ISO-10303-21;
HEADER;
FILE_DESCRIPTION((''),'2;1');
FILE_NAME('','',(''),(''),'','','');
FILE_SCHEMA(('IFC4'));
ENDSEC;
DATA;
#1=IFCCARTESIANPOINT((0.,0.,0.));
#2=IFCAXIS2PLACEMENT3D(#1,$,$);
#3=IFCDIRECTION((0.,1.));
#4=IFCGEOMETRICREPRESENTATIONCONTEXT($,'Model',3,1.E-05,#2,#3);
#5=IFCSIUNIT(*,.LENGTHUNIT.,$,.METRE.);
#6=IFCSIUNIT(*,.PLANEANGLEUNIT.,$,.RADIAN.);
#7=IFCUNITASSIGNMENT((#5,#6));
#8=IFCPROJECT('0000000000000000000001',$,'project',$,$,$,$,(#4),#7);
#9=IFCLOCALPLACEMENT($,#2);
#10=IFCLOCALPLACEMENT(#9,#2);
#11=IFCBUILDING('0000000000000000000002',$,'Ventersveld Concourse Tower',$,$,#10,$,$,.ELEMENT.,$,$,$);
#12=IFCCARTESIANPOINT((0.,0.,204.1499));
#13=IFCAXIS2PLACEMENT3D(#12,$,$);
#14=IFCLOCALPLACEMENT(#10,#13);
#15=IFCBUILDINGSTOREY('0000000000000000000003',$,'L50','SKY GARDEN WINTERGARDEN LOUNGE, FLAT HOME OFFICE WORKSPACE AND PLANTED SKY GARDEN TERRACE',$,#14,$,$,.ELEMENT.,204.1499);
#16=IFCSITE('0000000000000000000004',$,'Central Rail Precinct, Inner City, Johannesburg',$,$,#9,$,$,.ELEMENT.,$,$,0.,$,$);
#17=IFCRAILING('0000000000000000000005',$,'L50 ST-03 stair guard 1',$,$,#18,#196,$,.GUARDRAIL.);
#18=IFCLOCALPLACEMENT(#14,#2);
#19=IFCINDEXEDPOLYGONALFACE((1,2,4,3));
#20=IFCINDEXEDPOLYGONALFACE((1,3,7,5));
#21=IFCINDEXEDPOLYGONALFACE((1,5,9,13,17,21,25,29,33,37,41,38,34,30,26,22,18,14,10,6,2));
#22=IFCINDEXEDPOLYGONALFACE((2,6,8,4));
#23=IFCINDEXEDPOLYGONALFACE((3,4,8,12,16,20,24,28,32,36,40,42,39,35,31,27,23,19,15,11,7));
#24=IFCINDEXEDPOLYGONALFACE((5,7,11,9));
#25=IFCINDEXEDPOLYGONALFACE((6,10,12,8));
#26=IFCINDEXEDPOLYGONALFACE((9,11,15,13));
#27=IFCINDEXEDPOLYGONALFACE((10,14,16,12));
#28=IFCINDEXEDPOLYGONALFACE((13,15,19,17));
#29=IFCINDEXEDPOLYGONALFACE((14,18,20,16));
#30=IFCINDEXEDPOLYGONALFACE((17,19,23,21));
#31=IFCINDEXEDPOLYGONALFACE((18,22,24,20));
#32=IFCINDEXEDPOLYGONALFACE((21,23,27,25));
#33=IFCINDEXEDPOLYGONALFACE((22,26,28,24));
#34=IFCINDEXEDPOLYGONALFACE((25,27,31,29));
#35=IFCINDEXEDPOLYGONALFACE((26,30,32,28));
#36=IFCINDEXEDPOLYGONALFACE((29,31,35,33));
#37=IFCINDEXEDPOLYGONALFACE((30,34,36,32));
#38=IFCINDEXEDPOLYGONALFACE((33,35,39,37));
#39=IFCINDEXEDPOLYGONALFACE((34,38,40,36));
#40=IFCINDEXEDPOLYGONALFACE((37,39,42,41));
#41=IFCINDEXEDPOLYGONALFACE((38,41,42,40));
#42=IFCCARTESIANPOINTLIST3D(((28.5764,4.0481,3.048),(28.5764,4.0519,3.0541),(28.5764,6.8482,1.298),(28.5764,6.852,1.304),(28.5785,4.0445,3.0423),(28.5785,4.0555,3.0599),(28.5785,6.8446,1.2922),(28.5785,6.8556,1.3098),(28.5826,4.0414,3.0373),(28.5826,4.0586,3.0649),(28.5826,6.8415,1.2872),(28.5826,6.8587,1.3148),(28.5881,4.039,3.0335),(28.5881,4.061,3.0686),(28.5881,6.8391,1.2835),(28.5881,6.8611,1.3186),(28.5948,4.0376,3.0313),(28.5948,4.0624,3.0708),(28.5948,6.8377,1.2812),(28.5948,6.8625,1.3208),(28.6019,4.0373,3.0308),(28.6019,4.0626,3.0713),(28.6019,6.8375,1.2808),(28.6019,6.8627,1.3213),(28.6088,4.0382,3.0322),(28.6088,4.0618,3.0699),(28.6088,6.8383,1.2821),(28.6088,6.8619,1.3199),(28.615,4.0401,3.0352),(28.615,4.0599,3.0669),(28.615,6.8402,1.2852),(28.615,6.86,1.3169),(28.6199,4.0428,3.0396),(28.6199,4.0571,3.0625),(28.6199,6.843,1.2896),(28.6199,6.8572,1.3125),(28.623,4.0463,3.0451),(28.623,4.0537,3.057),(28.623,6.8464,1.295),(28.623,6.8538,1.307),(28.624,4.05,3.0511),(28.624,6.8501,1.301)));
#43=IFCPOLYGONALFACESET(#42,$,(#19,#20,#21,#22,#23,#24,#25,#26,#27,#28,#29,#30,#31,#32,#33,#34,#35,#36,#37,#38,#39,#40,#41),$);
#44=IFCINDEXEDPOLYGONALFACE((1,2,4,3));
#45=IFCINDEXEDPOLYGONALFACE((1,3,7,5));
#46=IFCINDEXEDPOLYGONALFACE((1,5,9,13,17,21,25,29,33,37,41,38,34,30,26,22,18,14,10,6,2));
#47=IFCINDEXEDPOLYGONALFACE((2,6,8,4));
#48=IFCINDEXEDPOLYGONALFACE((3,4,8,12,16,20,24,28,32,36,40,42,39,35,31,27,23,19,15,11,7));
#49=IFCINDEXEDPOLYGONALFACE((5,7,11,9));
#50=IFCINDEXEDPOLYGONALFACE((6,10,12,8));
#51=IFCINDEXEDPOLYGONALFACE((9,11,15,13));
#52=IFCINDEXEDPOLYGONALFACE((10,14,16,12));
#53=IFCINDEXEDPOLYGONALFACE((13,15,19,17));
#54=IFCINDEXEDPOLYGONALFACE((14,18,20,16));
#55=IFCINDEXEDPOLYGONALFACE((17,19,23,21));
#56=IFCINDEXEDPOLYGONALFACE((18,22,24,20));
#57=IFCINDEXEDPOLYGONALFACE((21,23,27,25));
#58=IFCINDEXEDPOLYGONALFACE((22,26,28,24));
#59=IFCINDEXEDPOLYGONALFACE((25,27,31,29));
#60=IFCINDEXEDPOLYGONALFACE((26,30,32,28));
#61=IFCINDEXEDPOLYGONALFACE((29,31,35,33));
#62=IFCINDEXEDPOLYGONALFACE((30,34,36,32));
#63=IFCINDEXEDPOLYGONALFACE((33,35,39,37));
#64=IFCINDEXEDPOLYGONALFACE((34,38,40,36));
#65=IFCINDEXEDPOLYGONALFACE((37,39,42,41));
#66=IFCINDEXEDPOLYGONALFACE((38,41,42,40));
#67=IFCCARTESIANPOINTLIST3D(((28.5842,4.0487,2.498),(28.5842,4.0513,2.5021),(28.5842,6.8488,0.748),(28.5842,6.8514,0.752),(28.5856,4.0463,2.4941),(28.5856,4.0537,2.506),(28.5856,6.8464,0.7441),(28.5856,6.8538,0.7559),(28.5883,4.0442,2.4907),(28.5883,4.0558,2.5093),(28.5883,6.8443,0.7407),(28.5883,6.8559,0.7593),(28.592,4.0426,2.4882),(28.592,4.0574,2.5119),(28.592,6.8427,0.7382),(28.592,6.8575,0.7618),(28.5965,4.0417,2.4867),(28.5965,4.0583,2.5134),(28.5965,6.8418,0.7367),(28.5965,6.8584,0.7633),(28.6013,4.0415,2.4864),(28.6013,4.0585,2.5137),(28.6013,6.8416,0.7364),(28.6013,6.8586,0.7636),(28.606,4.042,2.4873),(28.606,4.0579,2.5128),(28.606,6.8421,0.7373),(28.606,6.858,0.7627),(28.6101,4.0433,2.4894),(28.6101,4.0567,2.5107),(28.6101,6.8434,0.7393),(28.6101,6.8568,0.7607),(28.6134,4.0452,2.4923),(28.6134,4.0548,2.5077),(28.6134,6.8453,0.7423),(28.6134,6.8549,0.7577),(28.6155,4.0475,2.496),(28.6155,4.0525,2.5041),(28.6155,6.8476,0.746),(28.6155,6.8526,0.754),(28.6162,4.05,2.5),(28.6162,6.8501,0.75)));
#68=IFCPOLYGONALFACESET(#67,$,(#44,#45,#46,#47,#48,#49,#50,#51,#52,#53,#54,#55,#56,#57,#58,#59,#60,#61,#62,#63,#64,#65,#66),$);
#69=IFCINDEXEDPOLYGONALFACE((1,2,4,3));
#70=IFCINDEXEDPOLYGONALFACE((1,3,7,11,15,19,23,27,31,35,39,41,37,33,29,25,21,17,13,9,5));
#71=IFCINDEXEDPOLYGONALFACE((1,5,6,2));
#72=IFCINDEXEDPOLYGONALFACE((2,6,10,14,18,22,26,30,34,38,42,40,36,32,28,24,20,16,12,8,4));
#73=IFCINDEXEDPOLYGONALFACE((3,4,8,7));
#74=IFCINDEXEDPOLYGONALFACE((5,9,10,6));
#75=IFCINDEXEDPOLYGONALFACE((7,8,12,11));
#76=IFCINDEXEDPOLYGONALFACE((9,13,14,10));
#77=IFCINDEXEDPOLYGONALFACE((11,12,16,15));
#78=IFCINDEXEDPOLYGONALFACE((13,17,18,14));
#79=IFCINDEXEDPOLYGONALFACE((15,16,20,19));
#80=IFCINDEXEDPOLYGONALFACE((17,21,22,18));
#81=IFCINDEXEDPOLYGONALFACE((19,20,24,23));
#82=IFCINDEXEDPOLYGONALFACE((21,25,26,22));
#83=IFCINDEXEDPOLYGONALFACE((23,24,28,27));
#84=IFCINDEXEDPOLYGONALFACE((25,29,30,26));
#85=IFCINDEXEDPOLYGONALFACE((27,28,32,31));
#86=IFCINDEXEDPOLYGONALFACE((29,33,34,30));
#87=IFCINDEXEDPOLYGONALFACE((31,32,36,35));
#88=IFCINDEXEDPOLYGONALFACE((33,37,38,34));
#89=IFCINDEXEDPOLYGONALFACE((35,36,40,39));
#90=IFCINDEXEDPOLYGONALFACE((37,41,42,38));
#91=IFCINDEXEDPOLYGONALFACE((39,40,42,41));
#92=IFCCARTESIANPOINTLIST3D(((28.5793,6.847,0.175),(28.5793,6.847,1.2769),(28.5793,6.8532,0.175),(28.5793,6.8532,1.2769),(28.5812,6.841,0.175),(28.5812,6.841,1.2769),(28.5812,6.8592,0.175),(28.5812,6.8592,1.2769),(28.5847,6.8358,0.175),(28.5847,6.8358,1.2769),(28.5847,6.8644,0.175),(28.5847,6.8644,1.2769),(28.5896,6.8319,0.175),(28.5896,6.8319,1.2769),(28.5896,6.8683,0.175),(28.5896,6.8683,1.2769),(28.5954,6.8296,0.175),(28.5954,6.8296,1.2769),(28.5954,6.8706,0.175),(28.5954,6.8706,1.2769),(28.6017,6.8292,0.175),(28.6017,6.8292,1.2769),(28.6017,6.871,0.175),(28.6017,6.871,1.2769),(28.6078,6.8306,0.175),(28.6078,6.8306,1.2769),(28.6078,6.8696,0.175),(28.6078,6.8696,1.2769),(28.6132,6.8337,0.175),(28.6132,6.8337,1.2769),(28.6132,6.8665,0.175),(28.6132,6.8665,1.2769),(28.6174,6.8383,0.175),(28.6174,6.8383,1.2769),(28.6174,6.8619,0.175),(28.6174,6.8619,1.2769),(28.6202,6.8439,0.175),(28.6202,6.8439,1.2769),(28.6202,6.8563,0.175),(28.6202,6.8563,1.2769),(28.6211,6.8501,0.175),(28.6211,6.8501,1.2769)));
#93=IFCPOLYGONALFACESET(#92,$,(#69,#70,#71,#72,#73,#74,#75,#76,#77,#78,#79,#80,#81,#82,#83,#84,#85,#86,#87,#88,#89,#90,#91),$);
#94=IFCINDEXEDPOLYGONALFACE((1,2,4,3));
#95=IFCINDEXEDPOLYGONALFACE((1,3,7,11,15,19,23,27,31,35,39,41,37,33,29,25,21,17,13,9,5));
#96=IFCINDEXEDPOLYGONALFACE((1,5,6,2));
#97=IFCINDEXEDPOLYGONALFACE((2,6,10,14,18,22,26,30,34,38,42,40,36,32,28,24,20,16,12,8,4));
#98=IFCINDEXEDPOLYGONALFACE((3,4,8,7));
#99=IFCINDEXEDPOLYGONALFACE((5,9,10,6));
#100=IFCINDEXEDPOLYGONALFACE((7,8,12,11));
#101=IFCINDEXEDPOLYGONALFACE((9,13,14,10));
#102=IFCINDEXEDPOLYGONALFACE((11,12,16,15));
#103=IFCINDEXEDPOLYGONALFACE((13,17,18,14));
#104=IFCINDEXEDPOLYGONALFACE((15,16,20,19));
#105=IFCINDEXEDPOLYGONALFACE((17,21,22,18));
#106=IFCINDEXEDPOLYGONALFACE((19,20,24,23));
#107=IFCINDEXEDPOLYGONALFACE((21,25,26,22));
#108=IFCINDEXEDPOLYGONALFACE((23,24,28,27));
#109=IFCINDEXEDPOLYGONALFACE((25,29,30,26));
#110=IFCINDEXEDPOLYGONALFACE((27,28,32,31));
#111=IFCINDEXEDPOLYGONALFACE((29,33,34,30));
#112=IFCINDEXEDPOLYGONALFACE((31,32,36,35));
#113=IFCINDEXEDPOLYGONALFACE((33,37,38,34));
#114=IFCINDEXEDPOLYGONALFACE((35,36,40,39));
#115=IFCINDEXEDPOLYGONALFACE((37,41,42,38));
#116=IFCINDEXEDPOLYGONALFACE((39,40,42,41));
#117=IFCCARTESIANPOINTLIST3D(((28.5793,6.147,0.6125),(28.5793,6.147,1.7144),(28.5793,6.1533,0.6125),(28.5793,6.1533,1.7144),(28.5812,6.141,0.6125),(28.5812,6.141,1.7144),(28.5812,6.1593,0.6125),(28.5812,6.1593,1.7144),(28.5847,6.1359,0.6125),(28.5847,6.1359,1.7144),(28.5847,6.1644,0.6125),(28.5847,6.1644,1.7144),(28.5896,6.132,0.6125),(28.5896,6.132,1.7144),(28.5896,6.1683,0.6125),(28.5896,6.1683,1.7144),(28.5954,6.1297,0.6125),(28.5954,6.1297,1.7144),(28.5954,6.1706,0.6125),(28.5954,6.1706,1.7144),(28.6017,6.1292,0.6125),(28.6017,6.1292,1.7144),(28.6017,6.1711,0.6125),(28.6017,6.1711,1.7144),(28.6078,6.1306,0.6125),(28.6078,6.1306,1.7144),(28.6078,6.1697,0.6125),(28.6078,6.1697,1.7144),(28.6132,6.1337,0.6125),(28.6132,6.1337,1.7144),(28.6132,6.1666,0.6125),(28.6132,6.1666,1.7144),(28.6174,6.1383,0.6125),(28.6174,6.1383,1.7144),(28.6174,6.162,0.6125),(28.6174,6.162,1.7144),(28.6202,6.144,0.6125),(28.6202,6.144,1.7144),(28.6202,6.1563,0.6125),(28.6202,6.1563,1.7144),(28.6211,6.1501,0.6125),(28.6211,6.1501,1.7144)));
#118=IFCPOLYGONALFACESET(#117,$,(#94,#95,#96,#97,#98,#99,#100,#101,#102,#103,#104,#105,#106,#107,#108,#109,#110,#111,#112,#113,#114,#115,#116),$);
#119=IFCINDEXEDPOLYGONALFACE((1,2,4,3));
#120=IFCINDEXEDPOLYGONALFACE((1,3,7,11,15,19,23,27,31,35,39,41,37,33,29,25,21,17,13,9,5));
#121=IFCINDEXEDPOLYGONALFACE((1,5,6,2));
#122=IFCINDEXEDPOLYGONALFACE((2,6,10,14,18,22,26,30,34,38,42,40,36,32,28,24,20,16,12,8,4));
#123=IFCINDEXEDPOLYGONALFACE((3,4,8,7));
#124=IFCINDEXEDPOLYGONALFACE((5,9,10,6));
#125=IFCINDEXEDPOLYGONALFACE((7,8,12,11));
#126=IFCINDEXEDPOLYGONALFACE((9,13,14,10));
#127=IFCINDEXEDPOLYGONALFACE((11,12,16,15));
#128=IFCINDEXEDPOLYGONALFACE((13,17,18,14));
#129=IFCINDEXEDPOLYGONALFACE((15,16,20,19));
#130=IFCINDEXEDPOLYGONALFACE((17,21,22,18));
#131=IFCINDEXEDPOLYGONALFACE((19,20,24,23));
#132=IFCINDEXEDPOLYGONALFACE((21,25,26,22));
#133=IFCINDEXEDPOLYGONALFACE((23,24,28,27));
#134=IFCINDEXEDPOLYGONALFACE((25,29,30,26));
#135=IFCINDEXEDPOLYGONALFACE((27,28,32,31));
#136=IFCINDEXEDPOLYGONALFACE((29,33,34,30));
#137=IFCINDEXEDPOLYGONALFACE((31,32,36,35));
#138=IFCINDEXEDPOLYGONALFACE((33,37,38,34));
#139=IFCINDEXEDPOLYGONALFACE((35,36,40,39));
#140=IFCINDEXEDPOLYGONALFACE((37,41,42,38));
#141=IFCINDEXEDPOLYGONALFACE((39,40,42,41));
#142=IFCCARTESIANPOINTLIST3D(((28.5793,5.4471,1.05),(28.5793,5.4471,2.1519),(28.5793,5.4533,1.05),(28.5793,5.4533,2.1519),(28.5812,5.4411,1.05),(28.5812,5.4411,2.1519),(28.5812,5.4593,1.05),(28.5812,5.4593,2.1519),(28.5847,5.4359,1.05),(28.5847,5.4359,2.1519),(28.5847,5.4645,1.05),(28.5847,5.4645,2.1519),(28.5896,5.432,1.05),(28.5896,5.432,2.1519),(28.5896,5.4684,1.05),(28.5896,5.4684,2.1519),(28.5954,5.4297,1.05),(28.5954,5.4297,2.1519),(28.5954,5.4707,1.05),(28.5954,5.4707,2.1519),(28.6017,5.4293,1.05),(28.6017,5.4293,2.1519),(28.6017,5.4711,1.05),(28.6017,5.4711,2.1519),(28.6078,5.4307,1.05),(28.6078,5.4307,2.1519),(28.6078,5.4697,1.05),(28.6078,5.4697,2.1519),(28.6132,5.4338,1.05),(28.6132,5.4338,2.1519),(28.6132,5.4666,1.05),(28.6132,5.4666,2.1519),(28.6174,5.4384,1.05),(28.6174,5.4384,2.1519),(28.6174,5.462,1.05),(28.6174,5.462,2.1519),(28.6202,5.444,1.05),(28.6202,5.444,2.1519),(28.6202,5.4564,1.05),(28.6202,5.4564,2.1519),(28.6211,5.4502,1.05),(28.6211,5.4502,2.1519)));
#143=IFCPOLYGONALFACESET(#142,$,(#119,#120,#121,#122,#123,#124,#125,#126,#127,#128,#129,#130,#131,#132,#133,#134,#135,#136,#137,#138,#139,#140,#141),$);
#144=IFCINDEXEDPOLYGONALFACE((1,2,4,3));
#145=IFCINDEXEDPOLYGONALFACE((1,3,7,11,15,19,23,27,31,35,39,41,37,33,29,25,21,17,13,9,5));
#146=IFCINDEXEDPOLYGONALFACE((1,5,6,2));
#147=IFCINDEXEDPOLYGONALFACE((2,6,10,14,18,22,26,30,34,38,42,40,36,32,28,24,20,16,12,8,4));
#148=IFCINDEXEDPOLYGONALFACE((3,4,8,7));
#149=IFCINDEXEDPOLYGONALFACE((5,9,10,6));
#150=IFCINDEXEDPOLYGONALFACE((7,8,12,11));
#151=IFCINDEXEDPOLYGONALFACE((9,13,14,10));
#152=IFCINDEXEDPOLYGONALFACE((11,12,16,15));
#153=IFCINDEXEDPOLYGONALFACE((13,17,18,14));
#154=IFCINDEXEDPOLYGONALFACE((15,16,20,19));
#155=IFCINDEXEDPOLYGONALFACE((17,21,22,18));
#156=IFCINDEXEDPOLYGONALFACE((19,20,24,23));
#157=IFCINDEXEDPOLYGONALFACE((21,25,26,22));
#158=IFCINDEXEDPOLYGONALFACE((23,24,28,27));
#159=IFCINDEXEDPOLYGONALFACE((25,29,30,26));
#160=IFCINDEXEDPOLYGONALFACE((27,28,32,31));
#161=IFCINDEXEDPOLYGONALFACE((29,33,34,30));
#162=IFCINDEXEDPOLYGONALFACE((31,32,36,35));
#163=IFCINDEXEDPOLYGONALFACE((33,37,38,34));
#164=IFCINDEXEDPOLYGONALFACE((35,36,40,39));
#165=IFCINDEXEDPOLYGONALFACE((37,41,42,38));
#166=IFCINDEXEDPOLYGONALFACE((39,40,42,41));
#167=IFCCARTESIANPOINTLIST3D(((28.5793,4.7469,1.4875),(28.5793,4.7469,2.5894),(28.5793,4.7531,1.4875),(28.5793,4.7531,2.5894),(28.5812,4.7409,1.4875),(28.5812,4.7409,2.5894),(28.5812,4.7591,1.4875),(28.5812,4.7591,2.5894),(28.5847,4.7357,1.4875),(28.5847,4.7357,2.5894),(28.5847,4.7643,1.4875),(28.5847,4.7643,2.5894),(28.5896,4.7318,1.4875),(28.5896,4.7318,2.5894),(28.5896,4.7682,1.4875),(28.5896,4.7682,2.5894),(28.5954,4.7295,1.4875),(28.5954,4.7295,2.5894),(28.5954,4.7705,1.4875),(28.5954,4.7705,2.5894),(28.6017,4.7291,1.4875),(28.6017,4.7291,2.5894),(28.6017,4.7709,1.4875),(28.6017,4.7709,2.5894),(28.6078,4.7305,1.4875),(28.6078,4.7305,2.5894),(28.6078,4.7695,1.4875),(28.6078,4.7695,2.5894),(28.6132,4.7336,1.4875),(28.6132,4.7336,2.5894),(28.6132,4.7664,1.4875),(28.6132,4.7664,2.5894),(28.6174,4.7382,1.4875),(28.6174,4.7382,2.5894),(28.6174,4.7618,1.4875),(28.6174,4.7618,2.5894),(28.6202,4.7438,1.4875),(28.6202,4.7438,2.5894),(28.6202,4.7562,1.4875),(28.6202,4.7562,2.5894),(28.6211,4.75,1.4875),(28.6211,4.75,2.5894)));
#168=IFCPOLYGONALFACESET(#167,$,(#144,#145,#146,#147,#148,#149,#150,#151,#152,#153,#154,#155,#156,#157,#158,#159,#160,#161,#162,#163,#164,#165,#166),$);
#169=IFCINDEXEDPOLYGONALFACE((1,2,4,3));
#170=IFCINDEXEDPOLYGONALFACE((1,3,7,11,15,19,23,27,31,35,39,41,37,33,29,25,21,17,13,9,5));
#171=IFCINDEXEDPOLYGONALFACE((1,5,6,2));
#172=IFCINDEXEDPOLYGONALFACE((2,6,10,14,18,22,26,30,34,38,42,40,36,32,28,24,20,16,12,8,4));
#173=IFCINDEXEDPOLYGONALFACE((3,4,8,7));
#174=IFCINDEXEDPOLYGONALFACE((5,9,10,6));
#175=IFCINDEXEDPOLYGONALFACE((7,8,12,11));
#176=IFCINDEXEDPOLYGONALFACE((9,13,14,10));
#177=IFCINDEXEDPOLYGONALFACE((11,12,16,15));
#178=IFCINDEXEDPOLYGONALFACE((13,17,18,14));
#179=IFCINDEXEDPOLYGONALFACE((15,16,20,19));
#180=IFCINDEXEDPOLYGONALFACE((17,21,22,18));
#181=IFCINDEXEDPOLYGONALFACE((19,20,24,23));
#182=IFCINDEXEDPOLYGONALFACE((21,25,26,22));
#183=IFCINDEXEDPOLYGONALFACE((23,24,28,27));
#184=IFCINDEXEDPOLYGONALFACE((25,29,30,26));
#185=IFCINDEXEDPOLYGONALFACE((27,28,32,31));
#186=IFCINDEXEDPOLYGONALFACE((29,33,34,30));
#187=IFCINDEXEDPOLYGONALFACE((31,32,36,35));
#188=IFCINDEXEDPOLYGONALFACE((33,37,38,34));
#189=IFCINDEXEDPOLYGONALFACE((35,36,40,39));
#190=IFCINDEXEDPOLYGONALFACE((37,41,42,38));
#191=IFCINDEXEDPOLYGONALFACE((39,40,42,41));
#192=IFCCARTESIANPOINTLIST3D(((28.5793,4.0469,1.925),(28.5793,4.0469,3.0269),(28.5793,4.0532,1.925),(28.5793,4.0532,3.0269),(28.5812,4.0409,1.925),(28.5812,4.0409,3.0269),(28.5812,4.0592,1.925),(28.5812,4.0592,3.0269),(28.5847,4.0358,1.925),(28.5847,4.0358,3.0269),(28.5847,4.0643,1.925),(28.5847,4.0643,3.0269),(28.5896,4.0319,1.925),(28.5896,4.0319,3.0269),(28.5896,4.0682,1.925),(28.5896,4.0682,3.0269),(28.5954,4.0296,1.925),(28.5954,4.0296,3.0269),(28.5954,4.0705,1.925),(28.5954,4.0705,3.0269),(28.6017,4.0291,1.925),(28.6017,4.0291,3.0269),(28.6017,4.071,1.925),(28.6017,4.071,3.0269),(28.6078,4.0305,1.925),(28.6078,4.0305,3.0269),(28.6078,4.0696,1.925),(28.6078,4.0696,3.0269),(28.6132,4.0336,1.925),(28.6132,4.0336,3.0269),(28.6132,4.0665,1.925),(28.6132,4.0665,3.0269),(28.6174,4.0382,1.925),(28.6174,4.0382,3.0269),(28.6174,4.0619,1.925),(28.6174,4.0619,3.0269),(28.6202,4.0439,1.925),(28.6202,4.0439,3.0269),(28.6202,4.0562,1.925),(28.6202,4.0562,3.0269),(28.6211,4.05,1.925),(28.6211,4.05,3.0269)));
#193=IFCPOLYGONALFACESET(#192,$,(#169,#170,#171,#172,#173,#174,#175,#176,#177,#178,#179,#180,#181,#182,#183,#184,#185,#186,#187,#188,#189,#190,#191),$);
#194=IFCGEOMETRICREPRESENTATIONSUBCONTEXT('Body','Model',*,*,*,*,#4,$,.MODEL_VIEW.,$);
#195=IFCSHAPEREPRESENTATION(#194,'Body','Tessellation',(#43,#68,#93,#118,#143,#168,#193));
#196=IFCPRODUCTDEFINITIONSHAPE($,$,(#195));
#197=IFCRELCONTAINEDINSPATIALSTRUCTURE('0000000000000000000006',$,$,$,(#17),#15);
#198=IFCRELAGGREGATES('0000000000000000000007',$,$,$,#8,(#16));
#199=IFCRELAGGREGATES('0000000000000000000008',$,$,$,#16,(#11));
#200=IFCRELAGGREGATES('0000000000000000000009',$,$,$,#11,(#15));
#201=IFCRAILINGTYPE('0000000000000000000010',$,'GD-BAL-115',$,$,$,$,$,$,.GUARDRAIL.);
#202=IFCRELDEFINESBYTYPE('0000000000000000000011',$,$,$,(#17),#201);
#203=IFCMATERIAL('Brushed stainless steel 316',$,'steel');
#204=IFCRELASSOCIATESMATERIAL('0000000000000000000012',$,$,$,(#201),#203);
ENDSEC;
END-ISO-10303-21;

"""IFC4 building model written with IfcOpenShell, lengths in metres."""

from ifc_helpers import new_model, si_unit, direction, frame, origin, origin_2d, place, context, subcontext, project, spatial, circle, extrude, material, type_object, element, save


model = new_model("IFC4")

# Units and contexts
model_context = context("Model", 3, precision=1e-05, world=origin(), true_north=direction((0.0, 1.0)))
body_context = subcontext(model_context, "Body", "Model", "MODEL_VIEW")
ifc_project = project(units=[si_unit("LENGTHUNIT", "METRE"), si_unit("PLANEANGLEUNIT", "RADIAN")], contexts=[model_context])

# Site, building, storey
site_placement = place(None, origin())
site = spatial("IfcSite", under=ifc_project, at=site_placement, Name="Central Rail Precinct, Inner City, Johannesburg", CompositionType="ELEMENT", RefElevation=0.0)
building_placement = place(site_placement, origin())
building = spatial("IfcBuilding", under=site, at=building_placement, Name="Ventersveld Concourse Tower", CompositionType="ELEMENT")
storey_placement = place(building_placement, frame((0.0, 0.0, 204.1499)))
storey = spatial("IfcBuildingStorey", under=building, at=storey_placement, Name="L50", Description="SKY GARDEN WINTERGARDEN LOUNGE, FLAT HOME OFFICE WORKSPACE AND PLANTED SKY GARDEN TERRACE", CompositionType="ELEMENT", Elevation=204.1499)

# Shared definitions
ifc_material_1 = material(Name="Brushed stainless steel 316", Category="steel")

# Railing
railing_type_1 = type_object("IfcRailingType", Name="GD-BAL-115", PredefinedType="GUARDRAIL", material=ifc_material_1)
railing_1_placement = place(storey_placement, frame((28.6001, 6.8501, 0.175)))
element("IfcRailing", 1, at=railing_1_placement, inside=storey, type_object=railing_type_1, Name="L50 ST-03 stair guard 1", PredefinedType="GUARDRAIL", context=body_context, shape_type="SweptSolid", body=[
    extrude(circle(Radius=0.0239, at=origin_2d()), frame((0.0, 0.0, 1.126), z_axis=(0.0, -0.848002, 0.529992), x_axis=(1.0, 0.0, 0.0)), (0.0, 0.0, 1.0), 3.302),
    extrude(circle(Radius=0.0161, at=origin_2d()), frame((0.0, 0.0, 0.575), z_axis=(0.0, -0.848002, 0.529992), x_axis=(1.0, 0.0, 0.0)), (0.0, 0.0, 1.0), 3.302),
    extrude(circle(Radius=0.021, at=origin_2d()), origin(), (0.0, 0.0, 1.0), 1.1018),
    extrude(circle(Radius=0.021, at=origin_2d()), frame((0.0, -0.7, 0.4375)), (0.0, 0.0, 1.0), 1.1018),
    extrude(circle(Radius=0.021, at=origin_2d()), frame((0.0, -1.3999, 0.875)), (0.0, 0.0, 1.0), 1.1018),
    extrude(circle(Radius=0.021, at=origin_2d()), frame((0.0, -2.1001, 1.3125)), (0.0, 0.0, 1.0), 1.1018),
    extrude(circle(Radius=0.021, at=origin_2d()), frame((0.0, -2.8, 1.75)), (0.0, 0.0, 1.0), 1.1018),
])

save(model, "model.ifc")
